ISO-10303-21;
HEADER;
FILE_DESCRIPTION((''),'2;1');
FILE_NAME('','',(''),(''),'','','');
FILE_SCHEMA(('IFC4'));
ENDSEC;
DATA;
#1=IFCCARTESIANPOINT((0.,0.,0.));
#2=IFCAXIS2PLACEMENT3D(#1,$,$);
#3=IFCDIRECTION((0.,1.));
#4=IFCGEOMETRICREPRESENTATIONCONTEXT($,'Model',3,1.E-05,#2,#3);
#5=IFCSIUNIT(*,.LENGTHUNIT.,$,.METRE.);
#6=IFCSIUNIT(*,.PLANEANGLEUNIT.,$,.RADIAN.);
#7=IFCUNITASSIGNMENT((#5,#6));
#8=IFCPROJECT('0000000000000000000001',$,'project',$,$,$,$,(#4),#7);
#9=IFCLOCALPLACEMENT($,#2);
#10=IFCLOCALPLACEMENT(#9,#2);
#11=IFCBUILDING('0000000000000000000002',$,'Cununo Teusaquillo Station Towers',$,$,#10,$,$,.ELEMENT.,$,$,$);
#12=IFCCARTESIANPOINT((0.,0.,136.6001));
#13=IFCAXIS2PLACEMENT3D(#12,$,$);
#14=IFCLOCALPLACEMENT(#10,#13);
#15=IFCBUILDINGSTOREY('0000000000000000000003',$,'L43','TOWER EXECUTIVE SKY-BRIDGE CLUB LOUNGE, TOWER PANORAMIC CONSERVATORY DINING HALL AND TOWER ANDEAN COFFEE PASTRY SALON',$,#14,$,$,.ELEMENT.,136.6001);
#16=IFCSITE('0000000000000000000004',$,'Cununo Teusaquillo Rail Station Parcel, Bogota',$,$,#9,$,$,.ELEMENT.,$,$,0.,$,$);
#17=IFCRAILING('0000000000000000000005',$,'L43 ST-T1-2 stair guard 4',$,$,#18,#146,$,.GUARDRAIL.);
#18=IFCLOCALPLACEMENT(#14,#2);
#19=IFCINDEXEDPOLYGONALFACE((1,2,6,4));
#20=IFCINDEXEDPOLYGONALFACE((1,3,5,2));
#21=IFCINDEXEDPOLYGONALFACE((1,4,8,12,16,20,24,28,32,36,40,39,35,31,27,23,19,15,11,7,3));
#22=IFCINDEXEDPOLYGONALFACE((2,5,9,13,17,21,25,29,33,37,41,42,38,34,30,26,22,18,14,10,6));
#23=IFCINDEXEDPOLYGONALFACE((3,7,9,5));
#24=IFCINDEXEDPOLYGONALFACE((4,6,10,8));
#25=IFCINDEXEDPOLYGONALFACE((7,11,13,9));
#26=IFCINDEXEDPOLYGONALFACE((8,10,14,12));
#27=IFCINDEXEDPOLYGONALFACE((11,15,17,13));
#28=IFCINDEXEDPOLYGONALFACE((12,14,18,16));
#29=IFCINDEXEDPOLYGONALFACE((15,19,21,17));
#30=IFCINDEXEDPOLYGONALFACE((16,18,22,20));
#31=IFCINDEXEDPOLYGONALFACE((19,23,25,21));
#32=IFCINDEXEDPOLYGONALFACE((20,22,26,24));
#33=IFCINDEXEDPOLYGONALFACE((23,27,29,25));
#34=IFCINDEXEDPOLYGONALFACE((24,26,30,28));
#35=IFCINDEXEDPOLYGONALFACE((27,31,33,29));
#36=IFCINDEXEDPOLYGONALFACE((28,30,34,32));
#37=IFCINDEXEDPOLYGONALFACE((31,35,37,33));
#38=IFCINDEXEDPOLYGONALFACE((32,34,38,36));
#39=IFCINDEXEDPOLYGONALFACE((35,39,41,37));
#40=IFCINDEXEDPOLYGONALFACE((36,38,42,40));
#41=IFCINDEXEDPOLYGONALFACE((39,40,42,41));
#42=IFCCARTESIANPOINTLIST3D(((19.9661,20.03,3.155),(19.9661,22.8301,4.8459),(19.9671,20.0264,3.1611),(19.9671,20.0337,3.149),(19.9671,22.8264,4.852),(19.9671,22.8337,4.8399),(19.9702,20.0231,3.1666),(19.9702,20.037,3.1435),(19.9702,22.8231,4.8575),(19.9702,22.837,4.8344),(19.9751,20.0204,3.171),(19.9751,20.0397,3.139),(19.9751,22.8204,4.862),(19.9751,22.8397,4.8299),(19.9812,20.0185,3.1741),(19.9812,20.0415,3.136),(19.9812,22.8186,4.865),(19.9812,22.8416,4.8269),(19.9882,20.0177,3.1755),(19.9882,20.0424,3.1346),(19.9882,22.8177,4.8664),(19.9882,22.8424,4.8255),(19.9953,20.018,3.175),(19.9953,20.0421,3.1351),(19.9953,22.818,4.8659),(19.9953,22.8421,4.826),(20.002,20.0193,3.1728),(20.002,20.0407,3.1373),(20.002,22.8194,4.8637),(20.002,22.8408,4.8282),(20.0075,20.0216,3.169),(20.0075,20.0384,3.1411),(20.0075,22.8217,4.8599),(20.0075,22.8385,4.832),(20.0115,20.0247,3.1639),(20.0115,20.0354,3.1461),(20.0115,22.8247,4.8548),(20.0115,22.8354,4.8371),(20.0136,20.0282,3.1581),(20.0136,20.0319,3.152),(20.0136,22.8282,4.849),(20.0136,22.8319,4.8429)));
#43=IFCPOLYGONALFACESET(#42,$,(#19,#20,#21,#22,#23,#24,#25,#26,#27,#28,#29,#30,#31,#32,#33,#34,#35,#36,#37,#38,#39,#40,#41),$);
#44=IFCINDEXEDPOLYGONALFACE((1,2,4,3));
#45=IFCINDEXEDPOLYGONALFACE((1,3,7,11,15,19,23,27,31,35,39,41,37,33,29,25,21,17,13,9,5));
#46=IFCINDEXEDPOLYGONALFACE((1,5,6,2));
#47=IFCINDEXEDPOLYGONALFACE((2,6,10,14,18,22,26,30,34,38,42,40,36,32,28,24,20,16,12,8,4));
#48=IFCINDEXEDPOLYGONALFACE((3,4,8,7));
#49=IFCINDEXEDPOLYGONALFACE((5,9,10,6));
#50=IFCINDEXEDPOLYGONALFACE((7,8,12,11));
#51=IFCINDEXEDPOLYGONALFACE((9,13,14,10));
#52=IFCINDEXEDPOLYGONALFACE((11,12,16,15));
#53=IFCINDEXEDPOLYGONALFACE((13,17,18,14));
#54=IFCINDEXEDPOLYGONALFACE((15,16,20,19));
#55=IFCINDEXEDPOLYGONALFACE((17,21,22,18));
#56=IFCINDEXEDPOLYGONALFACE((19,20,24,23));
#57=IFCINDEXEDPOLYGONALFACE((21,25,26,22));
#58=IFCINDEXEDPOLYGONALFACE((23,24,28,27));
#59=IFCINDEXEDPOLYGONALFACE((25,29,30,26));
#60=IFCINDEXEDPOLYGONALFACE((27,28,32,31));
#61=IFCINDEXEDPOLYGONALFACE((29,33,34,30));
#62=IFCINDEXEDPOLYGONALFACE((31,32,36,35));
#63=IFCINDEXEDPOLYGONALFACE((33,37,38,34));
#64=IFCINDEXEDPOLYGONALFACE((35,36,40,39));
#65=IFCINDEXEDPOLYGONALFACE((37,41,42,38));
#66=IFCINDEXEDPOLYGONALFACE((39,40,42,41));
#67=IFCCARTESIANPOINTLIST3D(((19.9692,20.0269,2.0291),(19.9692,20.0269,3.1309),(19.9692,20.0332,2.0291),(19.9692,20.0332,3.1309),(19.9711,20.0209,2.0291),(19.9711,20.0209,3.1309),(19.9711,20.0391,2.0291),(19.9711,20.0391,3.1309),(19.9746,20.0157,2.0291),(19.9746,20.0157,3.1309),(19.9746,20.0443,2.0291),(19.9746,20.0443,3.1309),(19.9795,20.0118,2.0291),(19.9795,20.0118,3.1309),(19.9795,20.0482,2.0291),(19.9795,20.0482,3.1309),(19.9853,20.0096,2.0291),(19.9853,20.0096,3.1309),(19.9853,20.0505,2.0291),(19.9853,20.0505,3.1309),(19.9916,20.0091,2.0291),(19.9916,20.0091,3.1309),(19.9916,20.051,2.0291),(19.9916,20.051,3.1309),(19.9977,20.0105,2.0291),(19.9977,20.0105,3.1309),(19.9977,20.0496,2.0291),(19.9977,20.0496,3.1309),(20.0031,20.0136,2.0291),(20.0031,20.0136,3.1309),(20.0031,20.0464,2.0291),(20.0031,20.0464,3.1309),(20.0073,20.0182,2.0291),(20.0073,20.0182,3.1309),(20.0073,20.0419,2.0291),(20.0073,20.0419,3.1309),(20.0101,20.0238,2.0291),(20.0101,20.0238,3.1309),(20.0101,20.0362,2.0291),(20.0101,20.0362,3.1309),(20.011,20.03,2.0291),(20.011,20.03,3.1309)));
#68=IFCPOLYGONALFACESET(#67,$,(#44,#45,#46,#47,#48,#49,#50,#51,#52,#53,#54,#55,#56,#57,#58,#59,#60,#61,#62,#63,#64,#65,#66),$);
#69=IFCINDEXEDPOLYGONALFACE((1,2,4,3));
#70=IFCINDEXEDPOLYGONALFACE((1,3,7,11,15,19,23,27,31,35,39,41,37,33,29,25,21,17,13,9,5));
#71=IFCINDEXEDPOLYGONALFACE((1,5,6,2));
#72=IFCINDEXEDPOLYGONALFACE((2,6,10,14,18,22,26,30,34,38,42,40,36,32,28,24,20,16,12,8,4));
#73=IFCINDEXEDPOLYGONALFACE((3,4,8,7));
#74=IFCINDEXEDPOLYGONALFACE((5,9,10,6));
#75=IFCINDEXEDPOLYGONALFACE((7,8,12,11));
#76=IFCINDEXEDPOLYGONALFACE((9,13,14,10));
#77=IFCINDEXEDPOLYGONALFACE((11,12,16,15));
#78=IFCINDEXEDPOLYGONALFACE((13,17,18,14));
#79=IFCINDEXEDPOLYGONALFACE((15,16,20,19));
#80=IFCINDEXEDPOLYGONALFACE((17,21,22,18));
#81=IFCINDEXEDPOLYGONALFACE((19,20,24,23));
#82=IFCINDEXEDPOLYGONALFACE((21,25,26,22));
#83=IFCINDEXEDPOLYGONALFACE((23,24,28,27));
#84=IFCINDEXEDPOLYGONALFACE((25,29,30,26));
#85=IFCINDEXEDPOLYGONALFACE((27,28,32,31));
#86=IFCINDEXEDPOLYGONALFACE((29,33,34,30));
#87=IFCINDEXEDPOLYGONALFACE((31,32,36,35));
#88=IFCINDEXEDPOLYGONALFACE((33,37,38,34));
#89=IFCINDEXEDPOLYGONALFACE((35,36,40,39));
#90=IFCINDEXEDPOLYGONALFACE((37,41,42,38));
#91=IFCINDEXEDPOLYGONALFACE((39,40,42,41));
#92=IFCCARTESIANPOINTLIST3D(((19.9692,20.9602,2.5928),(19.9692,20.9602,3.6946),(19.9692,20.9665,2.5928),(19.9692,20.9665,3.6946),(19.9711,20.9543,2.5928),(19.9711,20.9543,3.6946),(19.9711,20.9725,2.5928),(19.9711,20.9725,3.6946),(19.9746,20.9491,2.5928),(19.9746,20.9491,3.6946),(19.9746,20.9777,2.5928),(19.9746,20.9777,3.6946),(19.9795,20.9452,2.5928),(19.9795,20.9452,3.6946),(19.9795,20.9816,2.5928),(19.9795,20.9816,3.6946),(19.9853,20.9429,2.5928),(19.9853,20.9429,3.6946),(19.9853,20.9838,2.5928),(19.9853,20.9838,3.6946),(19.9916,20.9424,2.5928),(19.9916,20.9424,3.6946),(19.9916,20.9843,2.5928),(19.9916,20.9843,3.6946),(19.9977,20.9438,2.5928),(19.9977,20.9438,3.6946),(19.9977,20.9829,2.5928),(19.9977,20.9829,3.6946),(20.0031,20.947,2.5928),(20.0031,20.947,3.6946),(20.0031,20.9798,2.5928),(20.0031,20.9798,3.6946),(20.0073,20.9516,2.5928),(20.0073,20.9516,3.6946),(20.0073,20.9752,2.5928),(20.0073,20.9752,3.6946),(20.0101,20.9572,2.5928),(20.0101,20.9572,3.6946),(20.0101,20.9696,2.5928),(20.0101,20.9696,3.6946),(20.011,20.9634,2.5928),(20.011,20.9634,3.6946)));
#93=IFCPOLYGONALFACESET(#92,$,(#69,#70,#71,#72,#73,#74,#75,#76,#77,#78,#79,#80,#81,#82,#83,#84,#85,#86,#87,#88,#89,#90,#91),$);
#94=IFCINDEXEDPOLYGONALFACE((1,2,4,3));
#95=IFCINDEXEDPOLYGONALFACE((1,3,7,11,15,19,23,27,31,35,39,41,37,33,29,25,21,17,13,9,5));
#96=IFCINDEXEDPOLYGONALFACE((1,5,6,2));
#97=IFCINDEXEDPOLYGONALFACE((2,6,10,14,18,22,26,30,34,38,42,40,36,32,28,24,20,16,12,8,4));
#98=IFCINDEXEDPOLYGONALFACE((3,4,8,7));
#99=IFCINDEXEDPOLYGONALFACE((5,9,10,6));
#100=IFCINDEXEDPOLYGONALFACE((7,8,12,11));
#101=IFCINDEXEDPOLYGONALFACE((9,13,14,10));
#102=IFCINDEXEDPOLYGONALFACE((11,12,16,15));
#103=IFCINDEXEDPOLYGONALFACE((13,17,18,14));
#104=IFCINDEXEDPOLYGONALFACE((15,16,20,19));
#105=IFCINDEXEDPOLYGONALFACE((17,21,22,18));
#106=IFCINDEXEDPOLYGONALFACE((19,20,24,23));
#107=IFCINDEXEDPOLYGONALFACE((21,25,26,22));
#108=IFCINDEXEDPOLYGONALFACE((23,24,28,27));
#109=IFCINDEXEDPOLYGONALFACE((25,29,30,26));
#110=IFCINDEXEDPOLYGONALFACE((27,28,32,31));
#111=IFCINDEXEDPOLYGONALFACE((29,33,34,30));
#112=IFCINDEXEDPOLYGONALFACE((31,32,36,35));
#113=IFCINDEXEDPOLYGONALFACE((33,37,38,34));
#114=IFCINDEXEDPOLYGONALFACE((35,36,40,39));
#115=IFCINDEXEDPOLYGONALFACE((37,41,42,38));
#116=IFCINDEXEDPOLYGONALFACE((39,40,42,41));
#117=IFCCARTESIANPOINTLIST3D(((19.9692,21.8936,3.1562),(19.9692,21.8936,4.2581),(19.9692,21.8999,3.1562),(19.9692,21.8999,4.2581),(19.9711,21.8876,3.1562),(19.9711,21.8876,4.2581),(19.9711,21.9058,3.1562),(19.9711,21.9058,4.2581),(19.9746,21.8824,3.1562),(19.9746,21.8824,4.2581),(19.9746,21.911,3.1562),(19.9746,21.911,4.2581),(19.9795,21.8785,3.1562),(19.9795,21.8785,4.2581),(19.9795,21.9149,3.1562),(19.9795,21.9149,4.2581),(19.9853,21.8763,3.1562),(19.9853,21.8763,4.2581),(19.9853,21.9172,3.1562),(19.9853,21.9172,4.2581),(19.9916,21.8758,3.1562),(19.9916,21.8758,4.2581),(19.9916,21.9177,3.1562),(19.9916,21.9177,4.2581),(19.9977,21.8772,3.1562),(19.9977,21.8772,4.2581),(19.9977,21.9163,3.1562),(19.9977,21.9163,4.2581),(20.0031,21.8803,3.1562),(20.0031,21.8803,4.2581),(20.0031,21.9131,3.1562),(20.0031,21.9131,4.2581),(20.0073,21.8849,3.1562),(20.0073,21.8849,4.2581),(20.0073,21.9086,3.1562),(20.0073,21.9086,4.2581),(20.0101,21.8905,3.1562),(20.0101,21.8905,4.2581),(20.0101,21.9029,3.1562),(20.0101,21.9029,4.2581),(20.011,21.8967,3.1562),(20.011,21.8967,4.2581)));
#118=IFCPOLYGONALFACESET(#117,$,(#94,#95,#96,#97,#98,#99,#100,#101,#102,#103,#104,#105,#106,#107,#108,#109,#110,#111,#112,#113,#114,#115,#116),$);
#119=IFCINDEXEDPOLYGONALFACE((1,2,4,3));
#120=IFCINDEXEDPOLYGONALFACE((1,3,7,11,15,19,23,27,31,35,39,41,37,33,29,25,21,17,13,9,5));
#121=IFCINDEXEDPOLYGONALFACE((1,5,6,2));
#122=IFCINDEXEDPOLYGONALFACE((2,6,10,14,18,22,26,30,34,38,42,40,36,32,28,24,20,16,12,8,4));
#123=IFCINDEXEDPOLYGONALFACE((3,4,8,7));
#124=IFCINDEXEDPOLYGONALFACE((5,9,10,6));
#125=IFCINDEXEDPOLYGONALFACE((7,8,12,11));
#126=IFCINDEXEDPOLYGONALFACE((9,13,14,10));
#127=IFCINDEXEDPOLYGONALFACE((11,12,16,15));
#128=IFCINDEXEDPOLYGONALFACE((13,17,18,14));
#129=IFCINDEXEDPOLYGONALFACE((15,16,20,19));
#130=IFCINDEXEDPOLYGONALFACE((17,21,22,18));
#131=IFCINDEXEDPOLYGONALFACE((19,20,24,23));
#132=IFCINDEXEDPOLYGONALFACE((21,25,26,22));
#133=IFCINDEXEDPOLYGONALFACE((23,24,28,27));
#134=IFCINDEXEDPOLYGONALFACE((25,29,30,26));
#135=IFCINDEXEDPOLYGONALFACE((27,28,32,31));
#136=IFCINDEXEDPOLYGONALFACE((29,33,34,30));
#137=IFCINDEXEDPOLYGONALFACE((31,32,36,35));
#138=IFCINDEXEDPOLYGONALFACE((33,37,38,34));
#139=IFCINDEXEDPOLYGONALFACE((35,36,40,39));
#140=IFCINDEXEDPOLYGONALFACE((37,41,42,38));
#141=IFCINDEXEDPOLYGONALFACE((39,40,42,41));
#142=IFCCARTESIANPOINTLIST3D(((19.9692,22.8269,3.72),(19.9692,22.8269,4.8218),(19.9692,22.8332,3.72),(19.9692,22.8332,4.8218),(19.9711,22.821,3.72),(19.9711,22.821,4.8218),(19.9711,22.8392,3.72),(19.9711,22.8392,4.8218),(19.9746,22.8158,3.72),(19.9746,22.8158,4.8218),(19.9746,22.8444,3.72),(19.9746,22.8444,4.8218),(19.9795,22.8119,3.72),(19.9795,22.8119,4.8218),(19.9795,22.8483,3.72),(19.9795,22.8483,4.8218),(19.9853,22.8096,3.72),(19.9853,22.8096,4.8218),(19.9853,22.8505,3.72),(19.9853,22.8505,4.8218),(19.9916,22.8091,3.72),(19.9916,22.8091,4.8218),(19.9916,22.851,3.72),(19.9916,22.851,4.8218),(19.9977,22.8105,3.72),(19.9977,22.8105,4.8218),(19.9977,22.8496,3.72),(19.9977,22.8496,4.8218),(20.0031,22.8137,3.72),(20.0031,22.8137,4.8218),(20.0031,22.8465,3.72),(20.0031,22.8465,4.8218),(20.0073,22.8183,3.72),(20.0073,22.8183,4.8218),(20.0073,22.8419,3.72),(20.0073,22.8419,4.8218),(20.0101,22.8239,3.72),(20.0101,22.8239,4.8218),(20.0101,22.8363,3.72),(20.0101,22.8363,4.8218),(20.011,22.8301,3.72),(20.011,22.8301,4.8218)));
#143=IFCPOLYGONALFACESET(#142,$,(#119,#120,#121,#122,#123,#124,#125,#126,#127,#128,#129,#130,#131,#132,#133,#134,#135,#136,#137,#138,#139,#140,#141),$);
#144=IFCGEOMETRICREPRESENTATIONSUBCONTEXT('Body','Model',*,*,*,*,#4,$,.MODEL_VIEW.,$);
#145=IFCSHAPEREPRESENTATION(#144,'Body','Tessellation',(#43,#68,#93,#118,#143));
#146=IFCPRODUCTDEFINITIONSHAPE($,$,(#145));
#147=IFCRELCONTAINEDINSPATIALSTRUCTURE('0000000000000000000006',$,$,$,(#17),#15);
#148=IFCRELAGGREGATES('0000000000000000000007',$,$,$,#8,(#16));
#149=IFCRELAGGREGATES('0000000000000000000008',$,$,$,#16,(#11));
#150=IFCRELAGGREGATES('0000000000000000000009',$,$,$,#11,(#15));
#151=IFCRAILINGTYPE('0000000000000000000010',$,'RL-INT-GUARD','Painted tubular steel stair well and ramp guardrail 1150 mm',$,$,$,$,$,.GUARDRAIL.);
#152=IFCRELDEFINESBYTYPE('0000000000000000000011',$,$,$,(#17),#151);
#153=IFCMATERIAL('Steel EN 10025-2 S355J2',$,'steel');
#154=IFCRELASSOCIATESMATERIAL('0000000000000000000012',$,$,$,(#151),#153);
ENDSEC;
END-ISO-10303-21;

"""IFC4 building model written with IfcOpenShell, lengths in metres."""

from ifc_helpers import new_model, si_unit, direction, frame, origin, origin_2d, place, context, subcontext, project, spatial, circle, extrude, material, type_object, element, save


model = new_model("IFC4")

# Units and contexts
model_context = context("Model", 3, precision=1e-05, world=origin(), true_north=direction((0.0, 1.0)))
body_context = subcontext(model_context, "Body", "Model", "MODEL_VIEW")
ifc_project = project(units=[si_unit("LENGTHUNIT", "METRE"), si_unit("PLANEANGLEUNIT", "RADIAN")], contexts=[model_context])

# Site, building, storey
site_placement = place(None, origin())
site = spatial("IfcSite", under=ifc_project, at=site_placement, Name="Cununo Teusaquillo Rail Station Parcel, Bogota", CompositionType="ELEMENT", RefElevation=0.0)
building_placement = place(site_placement, origin())
building = spatial("IfcBuilding", under=site, at=building_placement, Name="Cununo Teusaquillo Station Towers", CompositionType="ELEMENT")
storey_placement = place(building_placement, frame((0.0, 0.0, 136.6001)))
storey = spatial("IfcBuildingStorey", under=building, at=storey_placement, Name="L43", Description="TOWER EXECUTIVE SKY-BRIDGE CLUB LOUNGE, TOWER PANORAMIC CONSERVATORY DINING HALL AND TOWER ANDEAN COFFEE PASTRY SALON", CompositionType="ELEMENT", Elevation=136.6001)

# Railing
ifc_material_1 = material(Name="Steel EN 10025-2 S355J2", Category="steel")
railing_type_1 = type_object("IfcRailingType", Name="RL-INT-GUARD", Description="Painted tubular steel stair well and ramp guardrail 1150 mm", PredefinedType="GUARDRAIL", material=ifc_material_1)
railing_1_placement = place(storey_placement, frame((19.99, 20.03, 2.0291)))
element("IfcRailing", 1, at=railing_1_placement, inside=storey, type_object=railing_type_1, Name="L43 ST-T1-2 stair guard 4", PredefinedType="GUARDRAIL", context=body_context, shape_type="SweptSolid", body=[
    extrude(circle(Radius=0.0239, at=origin_2d()), frame((0.0, 0.0, 1.126), z_axis=(0.0, 0.856021, 0.516941), x_axis=(-1.0, 0.0, 0.0)), (0.0, 0.0, 1.0), 3.271),
    extrude(circle(Radius=0.021, at=origin_2d()), origin(), (0.0, 0.0, 1.0), 1.1018),
    extrude(circle(Radius=0.021, at=origin_2d()), frame((0.0, 0.9333, 0.5637)), (0.0, 0.0, 1.0), 1.1018),
    extrude(circle(Radius=0.021, at=origin_2d()), frame((0.0, 1.8667, 1.1272)), (0.0, 0.0, 1.0), 1.1018),
    extrude(circle(Radius=0.021, at=origin_2d()), frame((0.0, 2.8, 1.6909)), (0.0, 0.0, 1.0), 1.1018),
])

save(model, "model.ifc")
